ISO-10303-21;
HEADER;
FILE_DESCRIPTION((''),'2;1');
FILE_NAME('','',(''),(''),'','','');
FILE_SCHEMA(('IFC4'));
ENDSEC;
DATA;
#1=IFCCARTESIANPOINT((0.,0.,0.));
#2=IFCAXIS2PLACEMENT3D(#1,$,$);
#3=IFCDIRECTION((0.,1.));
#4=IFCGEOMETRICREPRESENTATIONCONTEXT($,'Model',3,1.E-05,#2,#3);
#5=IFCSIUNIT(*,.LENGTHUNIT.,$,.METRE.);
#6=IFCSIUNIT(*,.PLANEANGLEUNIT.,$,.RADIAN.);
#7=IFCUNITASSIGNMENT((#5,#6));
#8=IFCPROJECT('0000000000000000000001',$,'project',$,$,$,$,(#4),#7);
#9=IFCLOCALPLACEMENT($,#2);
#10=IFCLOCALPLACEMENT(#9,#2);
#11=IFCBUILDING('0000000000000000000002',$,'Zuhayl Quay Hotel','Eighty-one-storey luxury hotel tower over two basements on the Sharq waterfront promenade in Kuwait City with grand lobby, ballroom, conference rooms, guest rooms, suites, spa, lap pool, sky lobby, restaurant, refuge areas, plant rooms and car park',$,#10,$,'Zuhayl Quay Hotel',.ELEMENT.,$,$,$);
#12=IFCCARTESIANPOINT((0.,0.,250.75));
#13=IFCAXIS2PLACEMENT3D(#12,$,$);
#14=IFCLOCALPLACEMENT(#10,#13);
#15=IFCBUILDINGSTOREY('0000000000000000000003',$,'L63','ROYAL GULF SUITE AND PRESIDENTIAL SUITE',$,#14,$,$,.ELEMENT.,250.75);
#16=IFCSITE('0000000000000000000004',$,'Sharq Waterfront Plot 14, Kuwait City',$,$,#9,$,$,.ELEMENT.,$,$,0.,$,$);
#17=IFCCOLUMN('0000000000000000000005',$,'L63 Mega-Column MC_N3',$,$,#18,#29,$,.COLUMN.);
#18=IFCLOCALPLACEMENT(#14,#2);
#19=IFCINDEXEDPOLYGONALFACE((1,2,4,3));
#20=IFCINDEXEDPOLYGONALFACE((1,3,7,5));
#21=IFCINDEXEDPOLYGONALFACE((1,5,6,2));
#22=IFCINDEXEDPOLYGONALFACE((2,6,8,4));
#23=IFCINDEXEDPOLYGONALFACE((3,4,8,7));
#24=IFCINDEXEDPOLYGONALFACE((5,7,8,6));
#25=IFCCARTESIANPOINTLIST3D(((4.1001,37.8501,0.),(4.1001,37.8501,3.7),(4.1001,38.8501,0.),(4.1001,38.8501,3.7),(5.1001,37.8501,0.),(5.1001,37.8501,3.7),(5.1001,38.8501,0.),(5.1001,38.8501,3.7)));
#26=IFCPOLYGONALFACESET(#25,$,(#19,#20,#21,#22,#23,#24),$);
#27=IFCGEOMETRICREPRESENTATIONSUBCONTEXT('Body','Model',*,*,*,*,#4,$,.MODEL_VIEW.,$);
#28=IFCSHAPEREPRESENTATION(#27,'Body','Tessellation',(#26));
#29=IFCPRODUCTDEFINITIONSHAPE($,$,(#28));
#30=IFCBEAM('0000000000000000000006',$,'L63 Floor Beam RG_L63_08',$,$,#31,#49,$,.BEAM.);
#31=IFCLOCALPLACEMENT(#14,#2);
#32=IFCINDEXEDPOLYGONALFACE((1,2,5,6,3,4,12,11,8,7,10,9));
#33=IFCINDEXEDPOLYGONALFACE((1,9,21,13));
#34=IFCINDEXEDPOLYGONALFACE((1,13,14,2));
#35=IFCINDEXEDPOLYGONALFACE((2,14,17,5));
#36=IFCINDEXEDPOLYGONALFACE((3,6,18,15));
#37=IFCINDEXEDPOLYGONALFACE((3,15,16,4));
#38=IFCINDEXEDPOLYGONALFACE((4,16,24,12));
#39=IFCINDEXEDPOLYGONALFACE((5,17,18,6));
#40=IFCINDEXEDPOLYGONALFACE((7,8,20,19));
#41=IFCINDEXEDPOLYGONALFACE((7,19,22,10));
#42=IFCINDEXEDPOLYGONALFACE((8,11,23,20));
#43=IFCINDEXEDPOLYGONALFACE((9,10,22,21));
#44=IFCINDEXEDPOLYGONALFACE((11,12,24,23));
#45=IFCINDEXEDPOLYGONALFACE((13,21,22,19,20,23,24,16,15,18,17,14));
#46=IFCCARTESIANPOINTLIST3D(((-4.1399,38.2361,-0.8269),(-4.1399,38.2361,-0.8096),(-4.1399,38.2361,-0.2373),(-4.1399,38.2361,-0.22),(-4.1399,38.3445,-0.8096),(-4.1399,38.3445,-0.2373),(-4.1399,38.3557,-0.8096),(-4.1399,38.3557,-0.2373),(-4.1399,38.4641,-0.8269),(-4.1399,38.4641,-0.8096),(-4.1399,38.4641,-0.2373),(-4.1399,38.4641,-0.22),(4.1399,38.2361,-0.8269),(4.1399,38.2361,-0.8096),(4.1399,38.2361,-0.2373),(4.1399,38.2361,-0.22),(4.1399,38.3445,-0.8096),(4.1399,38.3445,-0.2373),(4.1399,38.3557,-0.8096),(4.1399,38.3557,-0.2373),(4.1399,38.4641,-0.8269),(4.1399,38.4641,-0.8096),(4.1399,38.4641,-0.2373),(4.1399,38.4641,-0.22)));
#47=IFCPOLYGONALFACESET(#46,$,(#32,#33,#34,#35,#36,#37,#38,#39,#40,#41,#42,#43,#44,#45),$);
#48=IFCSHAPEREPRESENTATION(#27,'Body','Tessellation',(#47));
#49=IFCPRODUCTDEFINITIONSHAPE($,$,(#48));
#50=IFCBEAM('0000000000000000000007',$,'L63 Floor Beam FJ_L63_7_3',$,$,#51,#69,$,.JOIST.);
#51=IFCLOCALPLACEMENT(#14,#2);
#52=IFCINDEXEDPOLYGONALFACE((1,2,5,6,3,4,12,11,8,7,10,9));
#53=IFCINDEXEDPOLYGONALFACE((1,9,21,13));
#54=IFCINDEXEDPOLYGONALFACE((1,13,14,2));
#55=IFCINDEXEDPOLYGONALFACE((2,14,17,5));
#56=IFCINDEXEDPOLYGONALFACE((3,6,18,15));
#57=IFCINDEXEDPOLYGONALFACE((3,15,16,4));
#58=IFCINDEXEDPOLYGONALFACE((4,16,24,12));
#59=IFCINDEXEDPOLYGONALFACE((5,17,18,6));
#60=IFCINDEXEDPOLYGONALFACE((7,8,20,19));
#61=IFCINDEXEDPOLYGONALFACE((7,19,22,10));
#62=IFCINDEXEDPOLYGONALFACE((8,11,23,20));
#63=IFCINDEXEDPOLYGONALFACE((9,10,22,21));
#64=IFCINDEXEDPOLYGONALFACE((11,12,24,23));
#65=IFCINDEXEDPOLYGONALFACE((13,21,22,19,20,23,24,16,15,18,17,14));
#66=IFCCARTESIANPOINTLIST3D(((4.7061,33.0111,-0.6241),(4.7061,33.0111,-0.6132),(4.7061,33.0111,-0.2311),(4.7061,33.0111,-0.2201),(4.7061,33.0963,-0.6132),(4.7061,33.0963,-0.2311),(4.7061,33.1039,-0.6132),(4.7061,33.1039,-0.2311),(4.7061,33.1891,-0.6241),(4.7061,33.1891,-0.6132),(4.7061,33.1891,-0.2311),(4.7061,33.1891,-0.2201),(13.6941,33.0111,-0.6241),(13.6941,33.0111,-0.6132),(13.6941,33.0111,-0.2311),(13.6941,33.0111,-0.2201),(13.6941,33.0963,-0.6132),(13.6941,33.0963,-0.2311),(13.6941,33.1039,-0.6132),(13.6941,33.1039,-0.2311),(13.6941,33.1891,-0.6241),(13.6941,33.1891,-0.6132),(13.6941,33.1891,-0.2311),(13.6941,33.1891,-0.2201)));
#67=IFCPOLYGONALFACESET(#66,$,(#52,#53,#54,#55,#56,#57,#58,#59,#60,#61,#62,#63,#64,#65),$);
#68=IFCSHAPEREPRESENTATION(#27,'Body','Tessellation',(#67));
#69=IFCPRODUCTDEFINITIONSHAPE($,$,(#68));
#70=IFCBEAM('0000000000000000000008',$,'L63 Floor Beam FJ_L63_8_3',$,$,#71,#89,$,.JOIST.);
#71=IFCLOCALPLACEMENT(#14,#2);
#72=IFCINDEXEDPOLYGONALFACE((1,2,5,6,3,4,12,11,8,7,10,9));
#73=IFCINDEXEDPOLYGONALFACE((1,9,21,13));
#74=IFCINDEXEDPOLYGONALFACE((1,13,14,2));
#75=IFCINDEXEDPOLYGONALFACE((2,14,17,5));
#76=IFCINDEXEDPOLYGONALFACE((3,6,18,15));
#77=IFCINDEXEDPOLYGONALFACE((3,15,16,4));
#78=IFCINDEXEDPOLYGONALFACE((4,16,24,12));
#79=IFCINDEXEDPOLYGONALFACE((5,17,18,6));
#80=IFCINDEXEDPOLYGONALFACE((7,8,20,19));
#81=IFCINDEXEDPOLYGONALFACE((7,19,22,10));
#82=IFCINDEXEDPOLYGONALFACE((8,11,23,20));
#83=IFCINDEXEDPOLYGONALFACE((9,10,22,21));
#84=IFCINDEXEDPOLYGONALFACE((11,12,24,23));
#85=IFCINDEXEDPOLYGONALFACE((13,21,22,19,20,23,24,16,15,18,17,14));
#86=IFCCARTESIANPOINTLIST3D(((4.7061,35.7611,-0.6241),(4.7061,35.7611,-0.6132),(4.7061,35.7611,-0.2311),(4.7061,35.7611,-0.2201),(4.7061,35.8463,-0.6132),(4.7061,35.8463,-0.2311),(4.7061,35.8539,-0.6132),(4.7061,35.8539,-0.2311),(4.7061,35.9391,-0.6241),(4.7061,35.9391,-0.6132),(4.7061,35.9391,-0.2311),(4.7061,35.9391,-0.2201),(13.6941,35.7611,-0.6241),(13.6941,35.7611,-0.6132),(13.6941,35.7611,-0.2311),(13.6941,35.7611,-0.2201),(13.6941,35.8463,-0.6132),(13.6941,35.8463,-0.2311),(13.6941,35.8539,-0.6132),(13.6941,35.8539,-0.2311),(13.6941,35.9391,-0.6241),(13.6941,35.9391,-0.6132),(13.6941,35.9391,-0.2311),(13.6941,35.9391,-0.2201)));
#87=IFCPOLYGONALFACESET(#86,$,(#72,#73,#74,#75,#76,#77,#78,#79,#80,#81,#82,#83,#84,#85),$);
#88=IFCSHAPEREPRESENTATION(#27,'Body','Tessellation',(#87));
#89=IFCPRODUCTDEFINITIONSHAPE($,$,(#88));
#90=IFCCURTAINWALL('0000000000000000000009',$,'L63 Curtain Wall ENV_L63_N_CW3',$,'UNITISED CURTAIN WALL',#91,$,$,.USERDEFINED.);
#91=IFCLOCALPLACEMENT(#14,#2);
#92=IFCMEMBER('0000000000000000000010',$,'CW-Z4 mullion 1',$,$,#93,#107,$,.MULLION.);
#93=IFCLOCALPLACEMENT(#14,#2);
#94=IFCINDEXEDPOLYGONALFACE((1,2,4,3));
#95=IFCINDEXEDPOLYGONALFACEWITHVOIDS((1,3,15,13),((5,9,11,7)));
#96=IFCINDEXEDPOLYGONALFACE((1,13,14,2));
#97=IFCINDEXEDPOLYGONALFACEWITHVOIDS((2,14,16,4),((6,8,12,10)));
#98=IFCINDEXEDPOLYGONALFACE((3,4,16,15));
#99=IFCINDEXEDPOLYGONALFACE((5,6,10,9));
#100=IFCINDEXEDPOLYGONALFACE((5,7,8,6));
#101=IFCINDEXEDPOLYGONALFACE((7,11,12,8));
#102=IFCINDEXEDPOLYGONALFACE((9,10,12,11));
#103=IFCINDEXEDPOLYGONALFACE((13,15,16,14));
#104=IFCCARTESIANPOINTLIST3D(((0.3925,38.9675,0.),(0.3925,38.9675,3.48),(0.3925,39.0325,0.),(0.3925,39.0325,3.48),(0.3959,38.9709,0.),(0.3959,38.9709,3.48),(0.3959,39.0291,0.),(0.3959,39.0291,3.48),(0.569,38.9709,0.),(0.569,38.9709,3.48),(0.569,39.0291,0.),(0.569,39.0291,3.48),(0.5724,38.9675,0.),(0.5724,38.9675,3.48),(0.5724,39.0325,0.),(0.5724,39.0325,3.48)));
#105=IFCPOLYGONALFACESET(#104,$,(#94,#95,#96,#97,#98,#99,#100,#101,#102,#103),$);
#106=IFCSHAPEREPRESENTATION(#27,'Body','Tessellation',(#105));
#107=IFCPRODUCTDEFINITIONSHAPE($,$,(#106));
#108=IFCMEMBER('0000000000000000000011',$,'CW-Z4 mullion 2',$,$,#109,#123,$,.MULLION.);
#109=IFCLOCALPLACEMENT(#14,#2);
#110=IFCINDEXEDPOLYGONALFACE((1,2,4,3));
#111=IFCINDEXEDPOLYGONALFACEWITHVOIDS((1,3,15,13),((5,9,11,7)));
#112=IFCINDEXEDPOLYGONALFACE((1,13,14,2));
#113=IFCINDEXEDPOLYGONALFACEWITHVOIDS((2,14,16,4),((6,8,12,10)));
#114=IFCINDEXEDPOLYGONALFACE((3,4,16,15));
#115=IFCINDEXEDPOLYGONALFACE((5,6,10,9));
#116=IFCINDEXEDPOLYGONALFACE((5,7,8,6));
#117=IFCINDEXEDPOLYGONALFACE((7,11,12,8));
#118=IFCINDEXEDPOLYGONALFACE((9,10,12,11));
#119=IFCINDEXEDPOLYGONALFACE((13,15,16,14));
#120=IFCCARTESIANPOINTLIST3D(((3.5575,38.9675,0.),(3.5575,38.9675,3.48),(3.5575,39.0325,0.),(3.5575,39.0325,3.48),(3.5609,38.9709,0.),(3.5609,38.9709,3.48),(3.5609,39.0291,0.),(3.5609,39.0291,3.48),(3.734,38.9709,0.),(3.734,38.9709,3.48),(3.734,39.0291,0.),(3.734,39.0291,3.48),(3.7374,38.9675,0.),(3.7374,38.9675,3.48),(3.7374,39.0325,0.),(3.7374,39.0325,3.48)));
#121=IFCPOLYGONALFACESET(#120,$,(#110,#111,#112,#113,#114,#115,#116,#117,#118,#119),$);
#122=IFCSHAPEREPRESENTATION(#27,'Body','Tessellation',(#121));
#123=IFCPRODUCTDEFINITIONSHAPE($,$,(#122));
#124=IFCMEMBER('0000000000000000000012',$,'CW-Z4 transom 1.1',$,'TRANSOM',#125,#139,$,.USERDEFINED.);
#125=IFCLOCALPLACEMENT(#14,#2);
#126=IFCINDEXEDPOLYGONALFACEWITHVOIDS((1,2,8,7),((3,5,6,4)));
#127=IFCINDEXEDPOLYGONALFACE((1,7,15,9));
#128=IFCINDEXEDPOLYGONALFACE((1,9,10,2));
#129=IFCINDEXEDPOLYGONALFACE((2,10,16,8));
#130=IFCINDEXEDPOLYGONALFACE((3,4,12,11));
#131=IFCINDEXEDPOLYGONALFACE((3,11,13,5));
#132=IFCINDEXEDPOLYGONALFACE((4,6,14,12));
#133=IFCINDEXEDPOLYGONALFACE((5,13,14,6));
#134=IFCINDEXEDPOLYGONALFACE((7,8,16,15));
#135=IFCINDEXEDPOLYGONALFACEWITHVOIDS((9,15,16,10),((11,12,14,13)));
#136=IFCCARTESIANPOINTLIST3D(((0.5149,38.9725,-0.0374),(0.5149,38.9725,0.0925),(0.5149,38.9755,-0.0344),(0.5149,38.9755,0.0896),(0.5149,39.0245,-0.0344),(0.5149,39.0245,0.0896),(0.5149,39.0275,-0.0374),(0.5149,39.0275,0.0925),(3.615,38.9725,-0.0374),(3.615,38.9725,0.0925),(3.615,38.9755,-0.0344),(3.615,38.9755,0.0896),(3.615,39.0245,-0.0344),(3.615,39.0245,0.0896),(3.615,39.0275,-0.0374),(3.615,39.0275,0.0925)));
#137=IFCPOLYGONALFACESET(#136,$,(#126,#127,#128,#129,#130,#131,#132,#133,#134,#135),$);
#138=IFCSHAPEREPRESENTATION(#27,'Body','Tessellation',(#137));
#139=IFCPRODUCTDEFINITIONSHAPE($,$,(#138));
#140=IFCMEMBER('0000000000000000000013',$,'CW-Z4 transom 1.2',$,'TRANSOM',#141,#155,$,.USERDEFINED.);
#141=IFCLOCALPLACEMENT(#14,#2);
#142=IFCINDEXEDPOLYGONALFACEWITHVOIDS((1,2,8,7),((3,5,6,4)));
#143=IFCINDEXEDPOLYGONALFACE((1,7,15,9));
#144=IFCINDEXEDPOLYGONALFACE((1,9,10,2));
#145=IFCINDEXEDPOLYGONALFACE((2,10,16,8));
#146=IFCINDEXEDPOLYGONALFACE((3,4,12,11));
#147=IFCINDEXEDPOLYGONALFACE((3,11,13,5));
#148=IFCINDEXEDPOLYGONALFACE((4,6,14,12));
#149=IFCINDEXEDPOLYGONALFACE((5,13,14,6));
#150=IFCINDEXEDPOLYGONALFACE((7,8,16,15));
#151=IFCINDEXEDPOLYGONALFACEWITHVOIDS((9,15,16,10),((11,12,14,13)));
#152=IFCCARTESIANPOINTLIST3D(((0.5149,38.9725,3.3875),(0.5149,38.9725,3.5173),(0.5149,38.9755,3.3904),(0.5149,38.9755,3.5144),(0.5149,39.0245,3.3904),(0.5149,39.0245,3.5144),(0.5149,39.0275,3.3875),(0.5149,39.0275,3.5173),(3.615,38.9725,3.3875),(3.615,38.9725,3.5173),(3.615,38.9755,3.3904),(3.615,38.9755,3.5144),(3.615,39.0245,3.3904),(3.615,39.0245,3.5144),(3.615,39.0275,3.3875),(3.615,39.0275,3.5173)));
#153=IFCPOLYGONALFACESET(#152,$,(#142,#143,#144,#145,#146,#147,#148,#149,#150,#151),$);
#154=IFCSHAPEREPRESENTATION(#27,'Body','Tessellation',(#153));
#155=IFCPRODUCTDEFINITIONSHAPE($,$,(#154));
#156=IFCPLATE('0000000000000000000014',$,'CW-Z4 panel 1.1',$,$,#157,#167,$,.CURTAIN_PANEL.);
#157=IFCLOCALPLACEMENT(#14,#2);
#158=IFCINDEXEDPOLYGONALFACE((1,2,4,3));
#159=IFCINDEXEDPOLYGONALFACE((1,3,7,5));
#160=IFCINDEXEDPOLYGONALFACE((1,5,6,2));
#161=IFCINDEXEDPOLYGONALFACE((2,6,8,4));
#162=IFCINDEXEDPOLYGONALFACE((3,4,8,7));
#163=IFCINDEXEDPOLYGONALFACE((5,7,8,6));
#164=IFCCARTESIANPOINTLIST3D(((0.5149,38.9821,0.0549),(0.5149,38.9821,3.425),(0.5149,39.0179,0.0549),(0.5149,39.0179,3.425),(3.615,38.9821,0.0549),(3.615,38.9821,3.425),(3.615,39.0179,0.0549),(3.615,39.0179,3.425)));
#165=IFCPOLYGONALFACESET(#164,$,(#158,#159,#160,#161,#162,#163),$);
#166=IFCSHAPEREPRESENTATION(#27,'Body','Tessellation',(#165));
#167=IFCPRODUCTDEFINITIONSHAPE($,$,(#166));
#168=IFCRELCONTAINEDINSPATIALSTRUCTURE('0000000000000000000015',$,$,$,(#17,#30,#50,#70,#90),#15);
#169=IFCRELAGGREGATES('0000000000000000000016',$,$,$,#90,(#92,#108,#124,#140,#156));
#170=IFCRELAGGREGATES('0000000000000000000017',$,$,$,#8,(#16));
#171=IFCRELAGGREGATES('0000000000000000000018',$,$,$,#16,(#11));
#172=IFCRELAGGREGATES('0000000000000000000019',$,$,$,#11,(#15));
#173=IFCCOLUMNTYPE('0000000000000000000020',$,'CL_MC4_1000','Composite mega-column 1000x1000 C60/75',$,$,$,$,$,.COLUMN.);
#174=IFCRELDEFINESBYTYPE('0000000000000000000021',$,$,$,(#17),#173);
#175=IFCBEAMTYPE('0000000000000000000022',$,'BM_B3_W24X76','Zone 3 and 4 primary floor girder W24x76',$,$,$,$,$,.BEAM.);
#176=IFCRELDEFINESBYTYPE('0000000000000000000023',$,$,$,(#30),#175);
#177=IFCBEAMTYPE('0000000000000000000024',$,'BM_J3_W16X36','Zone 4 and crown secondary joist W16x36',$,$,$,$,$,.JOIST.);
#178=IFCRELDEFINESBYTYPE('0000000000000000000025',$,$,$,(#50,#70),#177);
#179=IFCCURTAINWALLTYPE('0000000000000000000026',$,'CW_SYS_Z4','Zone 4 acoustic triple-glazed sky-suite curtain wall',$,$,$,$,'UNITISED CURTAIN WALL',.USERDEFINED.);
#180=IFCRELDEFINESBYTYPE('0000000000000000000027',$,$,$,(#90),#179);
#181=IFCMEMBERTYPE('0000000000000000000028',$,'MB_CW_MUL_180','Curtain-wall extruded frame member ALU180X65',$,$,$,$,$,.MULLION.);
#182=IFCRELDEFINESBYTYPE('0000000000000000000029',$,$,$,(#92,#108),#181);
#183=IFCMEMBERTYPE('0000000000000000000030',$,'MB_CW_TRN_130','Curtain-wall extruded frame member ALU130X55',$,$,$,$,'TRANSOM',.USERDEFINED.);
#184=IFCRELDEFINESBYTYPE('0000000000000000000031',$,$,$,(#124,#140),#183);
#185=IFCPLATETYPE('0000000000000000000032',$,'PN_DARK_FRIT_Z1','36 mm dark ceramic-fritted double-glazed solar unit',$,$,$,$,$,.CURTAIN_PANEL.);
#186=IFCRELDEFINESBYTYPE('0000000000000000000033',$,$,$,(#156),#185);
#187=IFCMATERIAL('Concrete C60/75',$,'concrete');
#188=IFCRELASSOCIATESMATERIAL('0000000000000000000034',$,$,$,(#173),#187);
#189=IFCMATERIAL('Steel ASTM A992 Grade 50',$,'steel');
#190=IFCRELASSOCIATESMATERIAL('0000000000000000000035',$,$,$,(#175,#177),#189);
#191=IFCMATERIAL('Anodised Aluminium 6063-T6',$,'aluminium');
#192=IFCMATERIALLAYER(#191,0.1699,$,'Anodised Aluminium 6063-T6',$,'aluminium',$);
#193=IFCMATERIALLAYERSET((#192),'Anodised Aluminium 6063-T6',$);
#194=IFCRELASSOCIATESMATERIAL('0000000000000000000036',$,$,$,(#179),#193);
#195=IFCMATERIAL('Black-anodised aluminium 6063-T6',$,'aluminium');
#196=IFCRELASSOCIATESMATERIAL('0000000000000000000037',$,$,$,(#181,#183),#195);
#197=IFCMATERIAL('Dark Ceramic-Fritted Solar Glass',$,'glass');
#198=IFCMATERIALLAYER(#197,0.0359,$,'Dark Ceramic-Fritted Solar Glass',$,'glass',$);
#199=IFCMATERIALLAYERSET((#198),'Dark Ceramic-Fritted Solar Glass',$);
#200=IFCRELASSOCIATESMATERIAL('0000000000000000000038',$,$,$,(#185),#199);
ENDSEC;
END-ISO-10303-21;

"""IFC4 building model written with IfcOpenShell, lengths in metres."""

from ifc_helpers import new_model, si_unit, direction, frame, origin, origin_2d, place, context, subcontext, project, spatial, rectangle, hollow_rectangle, i_section, extrude, material, layer, layer_set, material_profile, profile_set, type_object, element, aggregate, save


model = new_model("IFC4")

# Units and contexts
model_context = context("Model", 3, precision=1e-05, world=origin(), true_north=direction((0.0, 1.0)))
body_context = subcontext(model_context, "Body", "Model", "MODEL_VIEW")
ifc_project = project(units=[si_unit("LENGTHUNIT", "METRE"), si_unit("PLANEANGLEUNIT", "RADIAN")], contexts=[model_context])

# Site, building, storey
site_placement = place(None, origin())
site = spatial("IfcSite", under=ifc_project, at=site_placement, Name="Sharq Waterfront Plot 14, Kuwait City", CompositionType="ELEMENT", RefElevation=0.0)
building_placement = place(site_placement, origin())
building = spatial("IfcBuilding", under=site, at=building_placement, Name="Zuhayl Quay Hotel", Description="Eighty-one-storey luxury hotel tower over two basements on the Sharq waterfront promenade in Kuwait City with grand lobby, ballroom, conference rooms, guest rooms, suites, spa, lap pool, sky lobby, restaurant, refuge areas, plant rooms and car park", LongName="Zuhayl Quay Hotel", CompositionType="ELEMENT")
storey_placement = place(building_placement, frame((0.0, 0.0, 250.75)))
storey = spatial("IfcBuildingStorey", under=building, at=storey_placement, Name="L63", Description="ROYAL GULF SUITE AND PRESIDENTIAL SUITE", CompositionType="ELEMENT", Elevation=250.75)

# Column
ifc_material_1 = material(Name="Concrete C60/75", Category="concrete")
ifc_material_profile_1 = material_profile(ifc_material_1, rectangle(XDim=1.0, YDim=1.0, at=origin_2d()), Name="RC1000X1000")
ifc_profile_set_1 = profile_set([ifc_material_profile_1], Name="Concrete C60/75")
column_type = type_object("IfcColumnType", Name="CL_MC4_1000", Description="Composite mega-column 1000x1000 C60/75", PredefinedType="COLUMN", material=ifc_profile_set_1)
column_placement = place(storey_placement, frame((4.6001, 38.3501, 0.0), z_axis=(0.0, 0.0, 1.0), x_axis=(1.0, 0.0, 0.0)))
element("IfcColumn", 1, at=column_placement, inside=storey, type_object=column_type, Name="L63 Mega-Column MC_N3", PredefinedType="COLUMN", context=body_context, shape_type="SweptSolid", body=[
    extrude(rectangle(XDim=1.0, YDim=1.0, at=origin_2d()), origin(), (0.0, 0.0, 1.0), 3.7),
])

# Beams
ifc_material_2 = material(Name="Steel ASTM A992 Grade 50", Category="steel")
ifc_material_profile_2 = material_profile(ifc_material_2, i_section(OverallWidth=0.228, OverallDepth=0.6069, WebThickness=0.0112, FlangeThickness=0.0173, at=origin_2d()), Name="W24X76")
ifc_profile_set_2 = profile_set([ifc_material_profile_2], Name="Steel ASTM A992 Grade 50")
beam_type_1 = type_object("IfcBeamType", Name="BM_B3_W24X76", Description="Zone 3 and 4 primary floor girder W24x76", PredefinedType="BEAM", material=ifc_profile_set_2)
beam_placement = place(storey_placement, frame((4.1399, 38.3501, -0.5234), z_axis=(-1.0, 0.0, 0.0), x_axis=(0.0, -1.0, 0.0)))
element("IfcBeam", 2, at=beam_placement, inside=storey, type_object=beam_type_1, Name="L63 Floor Beam RG_L63_08", PredefinedType="BEAM", context=body_context, shape_type="SweptSolid", body=[
    extrude(i_section(OverallWidth=0.228, OverallDepth=0.6069, WebThickness=0.0112, FlangeThickness=0.0173, at=origin_2d()), origin(), (0.0, 0.0, 1.0), 8.2798),
])
ifc_material_profile_3 = material_profile(ifc_material_2, i_section(OverallWidth=0.178, OverallDepth=0.4041, WebThickness=0.0076, FlangeThickness=0.011, at=origin_2d()), Name="W16X36")
ifc_profile_set_3 = profile_set([ifc_material_profile_3], Name="Steel ASTM A992 Grade 50")
beam_type_2 = type_object("IfcBeamType", Name="BM_J3_W16X36", Description="Zone 4 and crown secondary joist W16x36", PredefinedType="JOIST", material=ifc_profile_set_3)
for number, where, z_axis, x_axis, name in (
    (3, (4.7061, 33.1001, -0.4221), (1.0, 0.0, 0.0), (0.0, 1.0, 0.0), "L63 Floor Beam FJ_L63_7_3"),
    (4, (4.7061, 35.8501, -0.4221), (1.0, 0.0, 0.0), (0.0, 1.0, 0.0), "L63 Floor Beam FJ_L63_8_3"),
):
    element("IfcBeam", number, at=place(storey_placement, frame(where, z_axis=z_axis, x_axis=x_axis)), inside=storey, type_object=beam_type_2, Name=name, PredefinedType="JOIST", context=body_context, shape_type="SweptSolid", body=[
        extrude(i_section(OverallWidth=0.178, OverallDepth=0.4041, WebThickness=0.0076, FlangeThickness=0.011, at=origin_2d()), origin(), (0.0, 0.0, 1.0), 8.988),
    ])

# Curtain wall, members, plate
ifc_material_3 = material(Name="Anodised Aluminium 6063-T6", Category="aluminium")
ifc_layer_1 = layer(ifc_material_3, 0.1699, Name="Anodised Aluminium 6063-T6", Category="aluminium")
ifc_layer_set_1 = layer_set([ifc_layer_1], Name="Anodised Aluminium 6063-T6")
curtain_wall_type = type_object("IfcCurtainWallType", Name="CW_SYS_Z4", Description="Zone 4 acoustic triple-glazed sky-suite curtain wall", ElementType="UNITISED CURTAIN WALL", PredefinedType="USERDEFINED", material=ifc_layer_set_1)
curtain_wall_placement = place(storey_placement, origin())
curtain_wall = element("IfcCurtainWall", 5, at=curtain_wall_placement, inside=storey, type_object=curtain_wall_type, Name="L63 Curtain Wall ENV_L63_N_CW3", ObjectType="UNITISED CURTAIN WALL", PredefinedType="USERDEFINED")
ifc_material_4 = material(Name="Black-anodised aluminium 6063-T6", Category="aluminium")
ifc_material_profile_4 = material_profile(ifc_material_4, hollow_rectangle(XDim=0.0649, YDim=0.1799, WallThickness=0.0034, at=origin_2d()), Name="ALU180X65")
ifc_profile_set_4 = profile_set([ifc_material_profile_4], Name="Black-anodised aluminium 6063-T6")
member_type_1 = type_object("IfcMemberType", Name="MB_CW_MUL_180", Description="Curtain-wall extruded frame member ALU180X65", PredefinedType="MULLION", material=ifc_profile_set_4)
member_1_placement = place(storey_placement, frame((0.4824, 39.0, 0.0), z_axis=(0.0, 0.0, 1.0), x_axis=(0.0, 1.0, 0.0)))
member_1 = element("IfcMember", 6, at=member_1_placement, type_object=member_type_1, Name="CW-Z4 mullion 1", PredefinedType="MULLION", context=body_context, shape_type="SweptSolid", body=[
    extrude(hollow_rectangle(XDim=0.0649, YDim=0.1799, WallThickness=0.0034, at=origin_2d()), origin(), (0.0, 0.0, 1.0), 3.48),
])
member_2_placement = place(storey_placement, frame((3.6475, 39.0, 0.0), z_axis=(0.0, 0.0, 1.0), x_axis=(0.0, 1.0, 0.0)))
member_2 = element("IfcMember", 7, at=member_2_placement, type_object=member_type_1, Name="CW-Z4 mullion 2", PredefinedType="MULLION", context=body_context, shape_type="SweptSolid", body=[
    extrude(hollow_rectangle(XDim=0.0649, YDim=0.1799, WallThickness=0.0034, at=origin_2d()), origin(), (0.0, 0.0, 1.0), 3.48),
])
ifc_material_profile_5 = material_profile(ifc_material_4, hollow_rectangle(XDim=0.0549, YDim=0.1299, WallThickness=0.0029, at=origin_2d()), Name="ALU130X55")
ifc_profile_set_5 = profile_set([ifc_material_profile_5], Name="Black-anodised aluminium 6063-T6")
member_type_2 = type_object("IfcMemberType", Name="MB_CW_TRN_130", Description="Curtain-wall extruded frame member ALU130X55", ElementType="TRANSOM", PredefinedType="USERDEFINED", material=ifc_profile_set_5)
member_3_placement = place(storey_placement, frame((0.5149, 39.0, 0.0276), z_axis=(1.0, 0.0, 0.0), x_axis=(0.0, 1.0, 0.0)))
member_3 = element("IfcMember", 8, at=member_3_placement, type_object=member_type_2, Name="CW-Z4 transom 1.1", ObjectType="TRANSOM", PredefinedType="USERDEFINED", context=body_context, shape_type="SweptSolid", body=[
    extrude(hollow_rectangle(XDim=0.0549, YDim=0.1299, WallThickness=0.0029, at=origin_2d()), origin(), (0.0, 0.0, 1.0), 3.1001),
])
member_4_placement = place(storey_placement, frame((0.5149, 39.0, 3.4524), z_axis=(1.0, 0.0, 0.0), x_axis=(0.0, 1.0, 0.0)))
member_4 = element("IfcMember", 9, at=member_4_placement, type_object=member_type_2, Name="CW-Z4 transom 1.2", ObjectType="TRANSOM", PredefinedType="USERDEFINED", context=body_context, shape_type="SweptSolid", body=[
    extrude(hollow_rectangle(XDim=0.0549, YDim=0.1299, WallThickness=0.0029, at=origin_2d()), origin(), (0.0, 0.0, 1.0), 3.1001),
])
ifc_material_5 = material(Name="Dark Ceramic-Fritted Solar Glass", Category="glass")
ifc_layer_2 = layer(ifc_material_5, 0.0359, Name="Dark Ceramic-Fritted Solar Glass", Category="glass")
ifc_layer_set_2 = layer_set([ifc_layer_2], Name="Dark Ceramic-Fritted Solar Glass")
plate_type = type_object("IfcPlateType", Name="PN_DARK_FRIT_Z1", Description="36 mm dark ceramic-fritted double-glazed solar unit", PredefinedType="CURTAIN_PANEL", material=ifc_layer_set_2)
plate_placement = place(storey_placement, frame((2.0649, 39.0, 0.0549), z_axis=(0.0, 0.0, 1.0), x_axis=(1.0, 0.0, 0.0)))
plate = element("IfcPlate", 10, at=plate_placement, type_object=plate_type, Name="CW-Z4 panel 1.1", PredefinedType="CURTAIN_PANEL", context=body_context, shape_type="SweptSolid", body=[
    extrude(rectangle(XDim=3.1001, YDim=0.0359, at=origin_2d()), origin(), (0.0, 0.0, 1.0), 3.3701),
])
aggregate(curtain_wall, [member_1, member_2, member_3, member_4, plate])

save(model, "model.ifc")
